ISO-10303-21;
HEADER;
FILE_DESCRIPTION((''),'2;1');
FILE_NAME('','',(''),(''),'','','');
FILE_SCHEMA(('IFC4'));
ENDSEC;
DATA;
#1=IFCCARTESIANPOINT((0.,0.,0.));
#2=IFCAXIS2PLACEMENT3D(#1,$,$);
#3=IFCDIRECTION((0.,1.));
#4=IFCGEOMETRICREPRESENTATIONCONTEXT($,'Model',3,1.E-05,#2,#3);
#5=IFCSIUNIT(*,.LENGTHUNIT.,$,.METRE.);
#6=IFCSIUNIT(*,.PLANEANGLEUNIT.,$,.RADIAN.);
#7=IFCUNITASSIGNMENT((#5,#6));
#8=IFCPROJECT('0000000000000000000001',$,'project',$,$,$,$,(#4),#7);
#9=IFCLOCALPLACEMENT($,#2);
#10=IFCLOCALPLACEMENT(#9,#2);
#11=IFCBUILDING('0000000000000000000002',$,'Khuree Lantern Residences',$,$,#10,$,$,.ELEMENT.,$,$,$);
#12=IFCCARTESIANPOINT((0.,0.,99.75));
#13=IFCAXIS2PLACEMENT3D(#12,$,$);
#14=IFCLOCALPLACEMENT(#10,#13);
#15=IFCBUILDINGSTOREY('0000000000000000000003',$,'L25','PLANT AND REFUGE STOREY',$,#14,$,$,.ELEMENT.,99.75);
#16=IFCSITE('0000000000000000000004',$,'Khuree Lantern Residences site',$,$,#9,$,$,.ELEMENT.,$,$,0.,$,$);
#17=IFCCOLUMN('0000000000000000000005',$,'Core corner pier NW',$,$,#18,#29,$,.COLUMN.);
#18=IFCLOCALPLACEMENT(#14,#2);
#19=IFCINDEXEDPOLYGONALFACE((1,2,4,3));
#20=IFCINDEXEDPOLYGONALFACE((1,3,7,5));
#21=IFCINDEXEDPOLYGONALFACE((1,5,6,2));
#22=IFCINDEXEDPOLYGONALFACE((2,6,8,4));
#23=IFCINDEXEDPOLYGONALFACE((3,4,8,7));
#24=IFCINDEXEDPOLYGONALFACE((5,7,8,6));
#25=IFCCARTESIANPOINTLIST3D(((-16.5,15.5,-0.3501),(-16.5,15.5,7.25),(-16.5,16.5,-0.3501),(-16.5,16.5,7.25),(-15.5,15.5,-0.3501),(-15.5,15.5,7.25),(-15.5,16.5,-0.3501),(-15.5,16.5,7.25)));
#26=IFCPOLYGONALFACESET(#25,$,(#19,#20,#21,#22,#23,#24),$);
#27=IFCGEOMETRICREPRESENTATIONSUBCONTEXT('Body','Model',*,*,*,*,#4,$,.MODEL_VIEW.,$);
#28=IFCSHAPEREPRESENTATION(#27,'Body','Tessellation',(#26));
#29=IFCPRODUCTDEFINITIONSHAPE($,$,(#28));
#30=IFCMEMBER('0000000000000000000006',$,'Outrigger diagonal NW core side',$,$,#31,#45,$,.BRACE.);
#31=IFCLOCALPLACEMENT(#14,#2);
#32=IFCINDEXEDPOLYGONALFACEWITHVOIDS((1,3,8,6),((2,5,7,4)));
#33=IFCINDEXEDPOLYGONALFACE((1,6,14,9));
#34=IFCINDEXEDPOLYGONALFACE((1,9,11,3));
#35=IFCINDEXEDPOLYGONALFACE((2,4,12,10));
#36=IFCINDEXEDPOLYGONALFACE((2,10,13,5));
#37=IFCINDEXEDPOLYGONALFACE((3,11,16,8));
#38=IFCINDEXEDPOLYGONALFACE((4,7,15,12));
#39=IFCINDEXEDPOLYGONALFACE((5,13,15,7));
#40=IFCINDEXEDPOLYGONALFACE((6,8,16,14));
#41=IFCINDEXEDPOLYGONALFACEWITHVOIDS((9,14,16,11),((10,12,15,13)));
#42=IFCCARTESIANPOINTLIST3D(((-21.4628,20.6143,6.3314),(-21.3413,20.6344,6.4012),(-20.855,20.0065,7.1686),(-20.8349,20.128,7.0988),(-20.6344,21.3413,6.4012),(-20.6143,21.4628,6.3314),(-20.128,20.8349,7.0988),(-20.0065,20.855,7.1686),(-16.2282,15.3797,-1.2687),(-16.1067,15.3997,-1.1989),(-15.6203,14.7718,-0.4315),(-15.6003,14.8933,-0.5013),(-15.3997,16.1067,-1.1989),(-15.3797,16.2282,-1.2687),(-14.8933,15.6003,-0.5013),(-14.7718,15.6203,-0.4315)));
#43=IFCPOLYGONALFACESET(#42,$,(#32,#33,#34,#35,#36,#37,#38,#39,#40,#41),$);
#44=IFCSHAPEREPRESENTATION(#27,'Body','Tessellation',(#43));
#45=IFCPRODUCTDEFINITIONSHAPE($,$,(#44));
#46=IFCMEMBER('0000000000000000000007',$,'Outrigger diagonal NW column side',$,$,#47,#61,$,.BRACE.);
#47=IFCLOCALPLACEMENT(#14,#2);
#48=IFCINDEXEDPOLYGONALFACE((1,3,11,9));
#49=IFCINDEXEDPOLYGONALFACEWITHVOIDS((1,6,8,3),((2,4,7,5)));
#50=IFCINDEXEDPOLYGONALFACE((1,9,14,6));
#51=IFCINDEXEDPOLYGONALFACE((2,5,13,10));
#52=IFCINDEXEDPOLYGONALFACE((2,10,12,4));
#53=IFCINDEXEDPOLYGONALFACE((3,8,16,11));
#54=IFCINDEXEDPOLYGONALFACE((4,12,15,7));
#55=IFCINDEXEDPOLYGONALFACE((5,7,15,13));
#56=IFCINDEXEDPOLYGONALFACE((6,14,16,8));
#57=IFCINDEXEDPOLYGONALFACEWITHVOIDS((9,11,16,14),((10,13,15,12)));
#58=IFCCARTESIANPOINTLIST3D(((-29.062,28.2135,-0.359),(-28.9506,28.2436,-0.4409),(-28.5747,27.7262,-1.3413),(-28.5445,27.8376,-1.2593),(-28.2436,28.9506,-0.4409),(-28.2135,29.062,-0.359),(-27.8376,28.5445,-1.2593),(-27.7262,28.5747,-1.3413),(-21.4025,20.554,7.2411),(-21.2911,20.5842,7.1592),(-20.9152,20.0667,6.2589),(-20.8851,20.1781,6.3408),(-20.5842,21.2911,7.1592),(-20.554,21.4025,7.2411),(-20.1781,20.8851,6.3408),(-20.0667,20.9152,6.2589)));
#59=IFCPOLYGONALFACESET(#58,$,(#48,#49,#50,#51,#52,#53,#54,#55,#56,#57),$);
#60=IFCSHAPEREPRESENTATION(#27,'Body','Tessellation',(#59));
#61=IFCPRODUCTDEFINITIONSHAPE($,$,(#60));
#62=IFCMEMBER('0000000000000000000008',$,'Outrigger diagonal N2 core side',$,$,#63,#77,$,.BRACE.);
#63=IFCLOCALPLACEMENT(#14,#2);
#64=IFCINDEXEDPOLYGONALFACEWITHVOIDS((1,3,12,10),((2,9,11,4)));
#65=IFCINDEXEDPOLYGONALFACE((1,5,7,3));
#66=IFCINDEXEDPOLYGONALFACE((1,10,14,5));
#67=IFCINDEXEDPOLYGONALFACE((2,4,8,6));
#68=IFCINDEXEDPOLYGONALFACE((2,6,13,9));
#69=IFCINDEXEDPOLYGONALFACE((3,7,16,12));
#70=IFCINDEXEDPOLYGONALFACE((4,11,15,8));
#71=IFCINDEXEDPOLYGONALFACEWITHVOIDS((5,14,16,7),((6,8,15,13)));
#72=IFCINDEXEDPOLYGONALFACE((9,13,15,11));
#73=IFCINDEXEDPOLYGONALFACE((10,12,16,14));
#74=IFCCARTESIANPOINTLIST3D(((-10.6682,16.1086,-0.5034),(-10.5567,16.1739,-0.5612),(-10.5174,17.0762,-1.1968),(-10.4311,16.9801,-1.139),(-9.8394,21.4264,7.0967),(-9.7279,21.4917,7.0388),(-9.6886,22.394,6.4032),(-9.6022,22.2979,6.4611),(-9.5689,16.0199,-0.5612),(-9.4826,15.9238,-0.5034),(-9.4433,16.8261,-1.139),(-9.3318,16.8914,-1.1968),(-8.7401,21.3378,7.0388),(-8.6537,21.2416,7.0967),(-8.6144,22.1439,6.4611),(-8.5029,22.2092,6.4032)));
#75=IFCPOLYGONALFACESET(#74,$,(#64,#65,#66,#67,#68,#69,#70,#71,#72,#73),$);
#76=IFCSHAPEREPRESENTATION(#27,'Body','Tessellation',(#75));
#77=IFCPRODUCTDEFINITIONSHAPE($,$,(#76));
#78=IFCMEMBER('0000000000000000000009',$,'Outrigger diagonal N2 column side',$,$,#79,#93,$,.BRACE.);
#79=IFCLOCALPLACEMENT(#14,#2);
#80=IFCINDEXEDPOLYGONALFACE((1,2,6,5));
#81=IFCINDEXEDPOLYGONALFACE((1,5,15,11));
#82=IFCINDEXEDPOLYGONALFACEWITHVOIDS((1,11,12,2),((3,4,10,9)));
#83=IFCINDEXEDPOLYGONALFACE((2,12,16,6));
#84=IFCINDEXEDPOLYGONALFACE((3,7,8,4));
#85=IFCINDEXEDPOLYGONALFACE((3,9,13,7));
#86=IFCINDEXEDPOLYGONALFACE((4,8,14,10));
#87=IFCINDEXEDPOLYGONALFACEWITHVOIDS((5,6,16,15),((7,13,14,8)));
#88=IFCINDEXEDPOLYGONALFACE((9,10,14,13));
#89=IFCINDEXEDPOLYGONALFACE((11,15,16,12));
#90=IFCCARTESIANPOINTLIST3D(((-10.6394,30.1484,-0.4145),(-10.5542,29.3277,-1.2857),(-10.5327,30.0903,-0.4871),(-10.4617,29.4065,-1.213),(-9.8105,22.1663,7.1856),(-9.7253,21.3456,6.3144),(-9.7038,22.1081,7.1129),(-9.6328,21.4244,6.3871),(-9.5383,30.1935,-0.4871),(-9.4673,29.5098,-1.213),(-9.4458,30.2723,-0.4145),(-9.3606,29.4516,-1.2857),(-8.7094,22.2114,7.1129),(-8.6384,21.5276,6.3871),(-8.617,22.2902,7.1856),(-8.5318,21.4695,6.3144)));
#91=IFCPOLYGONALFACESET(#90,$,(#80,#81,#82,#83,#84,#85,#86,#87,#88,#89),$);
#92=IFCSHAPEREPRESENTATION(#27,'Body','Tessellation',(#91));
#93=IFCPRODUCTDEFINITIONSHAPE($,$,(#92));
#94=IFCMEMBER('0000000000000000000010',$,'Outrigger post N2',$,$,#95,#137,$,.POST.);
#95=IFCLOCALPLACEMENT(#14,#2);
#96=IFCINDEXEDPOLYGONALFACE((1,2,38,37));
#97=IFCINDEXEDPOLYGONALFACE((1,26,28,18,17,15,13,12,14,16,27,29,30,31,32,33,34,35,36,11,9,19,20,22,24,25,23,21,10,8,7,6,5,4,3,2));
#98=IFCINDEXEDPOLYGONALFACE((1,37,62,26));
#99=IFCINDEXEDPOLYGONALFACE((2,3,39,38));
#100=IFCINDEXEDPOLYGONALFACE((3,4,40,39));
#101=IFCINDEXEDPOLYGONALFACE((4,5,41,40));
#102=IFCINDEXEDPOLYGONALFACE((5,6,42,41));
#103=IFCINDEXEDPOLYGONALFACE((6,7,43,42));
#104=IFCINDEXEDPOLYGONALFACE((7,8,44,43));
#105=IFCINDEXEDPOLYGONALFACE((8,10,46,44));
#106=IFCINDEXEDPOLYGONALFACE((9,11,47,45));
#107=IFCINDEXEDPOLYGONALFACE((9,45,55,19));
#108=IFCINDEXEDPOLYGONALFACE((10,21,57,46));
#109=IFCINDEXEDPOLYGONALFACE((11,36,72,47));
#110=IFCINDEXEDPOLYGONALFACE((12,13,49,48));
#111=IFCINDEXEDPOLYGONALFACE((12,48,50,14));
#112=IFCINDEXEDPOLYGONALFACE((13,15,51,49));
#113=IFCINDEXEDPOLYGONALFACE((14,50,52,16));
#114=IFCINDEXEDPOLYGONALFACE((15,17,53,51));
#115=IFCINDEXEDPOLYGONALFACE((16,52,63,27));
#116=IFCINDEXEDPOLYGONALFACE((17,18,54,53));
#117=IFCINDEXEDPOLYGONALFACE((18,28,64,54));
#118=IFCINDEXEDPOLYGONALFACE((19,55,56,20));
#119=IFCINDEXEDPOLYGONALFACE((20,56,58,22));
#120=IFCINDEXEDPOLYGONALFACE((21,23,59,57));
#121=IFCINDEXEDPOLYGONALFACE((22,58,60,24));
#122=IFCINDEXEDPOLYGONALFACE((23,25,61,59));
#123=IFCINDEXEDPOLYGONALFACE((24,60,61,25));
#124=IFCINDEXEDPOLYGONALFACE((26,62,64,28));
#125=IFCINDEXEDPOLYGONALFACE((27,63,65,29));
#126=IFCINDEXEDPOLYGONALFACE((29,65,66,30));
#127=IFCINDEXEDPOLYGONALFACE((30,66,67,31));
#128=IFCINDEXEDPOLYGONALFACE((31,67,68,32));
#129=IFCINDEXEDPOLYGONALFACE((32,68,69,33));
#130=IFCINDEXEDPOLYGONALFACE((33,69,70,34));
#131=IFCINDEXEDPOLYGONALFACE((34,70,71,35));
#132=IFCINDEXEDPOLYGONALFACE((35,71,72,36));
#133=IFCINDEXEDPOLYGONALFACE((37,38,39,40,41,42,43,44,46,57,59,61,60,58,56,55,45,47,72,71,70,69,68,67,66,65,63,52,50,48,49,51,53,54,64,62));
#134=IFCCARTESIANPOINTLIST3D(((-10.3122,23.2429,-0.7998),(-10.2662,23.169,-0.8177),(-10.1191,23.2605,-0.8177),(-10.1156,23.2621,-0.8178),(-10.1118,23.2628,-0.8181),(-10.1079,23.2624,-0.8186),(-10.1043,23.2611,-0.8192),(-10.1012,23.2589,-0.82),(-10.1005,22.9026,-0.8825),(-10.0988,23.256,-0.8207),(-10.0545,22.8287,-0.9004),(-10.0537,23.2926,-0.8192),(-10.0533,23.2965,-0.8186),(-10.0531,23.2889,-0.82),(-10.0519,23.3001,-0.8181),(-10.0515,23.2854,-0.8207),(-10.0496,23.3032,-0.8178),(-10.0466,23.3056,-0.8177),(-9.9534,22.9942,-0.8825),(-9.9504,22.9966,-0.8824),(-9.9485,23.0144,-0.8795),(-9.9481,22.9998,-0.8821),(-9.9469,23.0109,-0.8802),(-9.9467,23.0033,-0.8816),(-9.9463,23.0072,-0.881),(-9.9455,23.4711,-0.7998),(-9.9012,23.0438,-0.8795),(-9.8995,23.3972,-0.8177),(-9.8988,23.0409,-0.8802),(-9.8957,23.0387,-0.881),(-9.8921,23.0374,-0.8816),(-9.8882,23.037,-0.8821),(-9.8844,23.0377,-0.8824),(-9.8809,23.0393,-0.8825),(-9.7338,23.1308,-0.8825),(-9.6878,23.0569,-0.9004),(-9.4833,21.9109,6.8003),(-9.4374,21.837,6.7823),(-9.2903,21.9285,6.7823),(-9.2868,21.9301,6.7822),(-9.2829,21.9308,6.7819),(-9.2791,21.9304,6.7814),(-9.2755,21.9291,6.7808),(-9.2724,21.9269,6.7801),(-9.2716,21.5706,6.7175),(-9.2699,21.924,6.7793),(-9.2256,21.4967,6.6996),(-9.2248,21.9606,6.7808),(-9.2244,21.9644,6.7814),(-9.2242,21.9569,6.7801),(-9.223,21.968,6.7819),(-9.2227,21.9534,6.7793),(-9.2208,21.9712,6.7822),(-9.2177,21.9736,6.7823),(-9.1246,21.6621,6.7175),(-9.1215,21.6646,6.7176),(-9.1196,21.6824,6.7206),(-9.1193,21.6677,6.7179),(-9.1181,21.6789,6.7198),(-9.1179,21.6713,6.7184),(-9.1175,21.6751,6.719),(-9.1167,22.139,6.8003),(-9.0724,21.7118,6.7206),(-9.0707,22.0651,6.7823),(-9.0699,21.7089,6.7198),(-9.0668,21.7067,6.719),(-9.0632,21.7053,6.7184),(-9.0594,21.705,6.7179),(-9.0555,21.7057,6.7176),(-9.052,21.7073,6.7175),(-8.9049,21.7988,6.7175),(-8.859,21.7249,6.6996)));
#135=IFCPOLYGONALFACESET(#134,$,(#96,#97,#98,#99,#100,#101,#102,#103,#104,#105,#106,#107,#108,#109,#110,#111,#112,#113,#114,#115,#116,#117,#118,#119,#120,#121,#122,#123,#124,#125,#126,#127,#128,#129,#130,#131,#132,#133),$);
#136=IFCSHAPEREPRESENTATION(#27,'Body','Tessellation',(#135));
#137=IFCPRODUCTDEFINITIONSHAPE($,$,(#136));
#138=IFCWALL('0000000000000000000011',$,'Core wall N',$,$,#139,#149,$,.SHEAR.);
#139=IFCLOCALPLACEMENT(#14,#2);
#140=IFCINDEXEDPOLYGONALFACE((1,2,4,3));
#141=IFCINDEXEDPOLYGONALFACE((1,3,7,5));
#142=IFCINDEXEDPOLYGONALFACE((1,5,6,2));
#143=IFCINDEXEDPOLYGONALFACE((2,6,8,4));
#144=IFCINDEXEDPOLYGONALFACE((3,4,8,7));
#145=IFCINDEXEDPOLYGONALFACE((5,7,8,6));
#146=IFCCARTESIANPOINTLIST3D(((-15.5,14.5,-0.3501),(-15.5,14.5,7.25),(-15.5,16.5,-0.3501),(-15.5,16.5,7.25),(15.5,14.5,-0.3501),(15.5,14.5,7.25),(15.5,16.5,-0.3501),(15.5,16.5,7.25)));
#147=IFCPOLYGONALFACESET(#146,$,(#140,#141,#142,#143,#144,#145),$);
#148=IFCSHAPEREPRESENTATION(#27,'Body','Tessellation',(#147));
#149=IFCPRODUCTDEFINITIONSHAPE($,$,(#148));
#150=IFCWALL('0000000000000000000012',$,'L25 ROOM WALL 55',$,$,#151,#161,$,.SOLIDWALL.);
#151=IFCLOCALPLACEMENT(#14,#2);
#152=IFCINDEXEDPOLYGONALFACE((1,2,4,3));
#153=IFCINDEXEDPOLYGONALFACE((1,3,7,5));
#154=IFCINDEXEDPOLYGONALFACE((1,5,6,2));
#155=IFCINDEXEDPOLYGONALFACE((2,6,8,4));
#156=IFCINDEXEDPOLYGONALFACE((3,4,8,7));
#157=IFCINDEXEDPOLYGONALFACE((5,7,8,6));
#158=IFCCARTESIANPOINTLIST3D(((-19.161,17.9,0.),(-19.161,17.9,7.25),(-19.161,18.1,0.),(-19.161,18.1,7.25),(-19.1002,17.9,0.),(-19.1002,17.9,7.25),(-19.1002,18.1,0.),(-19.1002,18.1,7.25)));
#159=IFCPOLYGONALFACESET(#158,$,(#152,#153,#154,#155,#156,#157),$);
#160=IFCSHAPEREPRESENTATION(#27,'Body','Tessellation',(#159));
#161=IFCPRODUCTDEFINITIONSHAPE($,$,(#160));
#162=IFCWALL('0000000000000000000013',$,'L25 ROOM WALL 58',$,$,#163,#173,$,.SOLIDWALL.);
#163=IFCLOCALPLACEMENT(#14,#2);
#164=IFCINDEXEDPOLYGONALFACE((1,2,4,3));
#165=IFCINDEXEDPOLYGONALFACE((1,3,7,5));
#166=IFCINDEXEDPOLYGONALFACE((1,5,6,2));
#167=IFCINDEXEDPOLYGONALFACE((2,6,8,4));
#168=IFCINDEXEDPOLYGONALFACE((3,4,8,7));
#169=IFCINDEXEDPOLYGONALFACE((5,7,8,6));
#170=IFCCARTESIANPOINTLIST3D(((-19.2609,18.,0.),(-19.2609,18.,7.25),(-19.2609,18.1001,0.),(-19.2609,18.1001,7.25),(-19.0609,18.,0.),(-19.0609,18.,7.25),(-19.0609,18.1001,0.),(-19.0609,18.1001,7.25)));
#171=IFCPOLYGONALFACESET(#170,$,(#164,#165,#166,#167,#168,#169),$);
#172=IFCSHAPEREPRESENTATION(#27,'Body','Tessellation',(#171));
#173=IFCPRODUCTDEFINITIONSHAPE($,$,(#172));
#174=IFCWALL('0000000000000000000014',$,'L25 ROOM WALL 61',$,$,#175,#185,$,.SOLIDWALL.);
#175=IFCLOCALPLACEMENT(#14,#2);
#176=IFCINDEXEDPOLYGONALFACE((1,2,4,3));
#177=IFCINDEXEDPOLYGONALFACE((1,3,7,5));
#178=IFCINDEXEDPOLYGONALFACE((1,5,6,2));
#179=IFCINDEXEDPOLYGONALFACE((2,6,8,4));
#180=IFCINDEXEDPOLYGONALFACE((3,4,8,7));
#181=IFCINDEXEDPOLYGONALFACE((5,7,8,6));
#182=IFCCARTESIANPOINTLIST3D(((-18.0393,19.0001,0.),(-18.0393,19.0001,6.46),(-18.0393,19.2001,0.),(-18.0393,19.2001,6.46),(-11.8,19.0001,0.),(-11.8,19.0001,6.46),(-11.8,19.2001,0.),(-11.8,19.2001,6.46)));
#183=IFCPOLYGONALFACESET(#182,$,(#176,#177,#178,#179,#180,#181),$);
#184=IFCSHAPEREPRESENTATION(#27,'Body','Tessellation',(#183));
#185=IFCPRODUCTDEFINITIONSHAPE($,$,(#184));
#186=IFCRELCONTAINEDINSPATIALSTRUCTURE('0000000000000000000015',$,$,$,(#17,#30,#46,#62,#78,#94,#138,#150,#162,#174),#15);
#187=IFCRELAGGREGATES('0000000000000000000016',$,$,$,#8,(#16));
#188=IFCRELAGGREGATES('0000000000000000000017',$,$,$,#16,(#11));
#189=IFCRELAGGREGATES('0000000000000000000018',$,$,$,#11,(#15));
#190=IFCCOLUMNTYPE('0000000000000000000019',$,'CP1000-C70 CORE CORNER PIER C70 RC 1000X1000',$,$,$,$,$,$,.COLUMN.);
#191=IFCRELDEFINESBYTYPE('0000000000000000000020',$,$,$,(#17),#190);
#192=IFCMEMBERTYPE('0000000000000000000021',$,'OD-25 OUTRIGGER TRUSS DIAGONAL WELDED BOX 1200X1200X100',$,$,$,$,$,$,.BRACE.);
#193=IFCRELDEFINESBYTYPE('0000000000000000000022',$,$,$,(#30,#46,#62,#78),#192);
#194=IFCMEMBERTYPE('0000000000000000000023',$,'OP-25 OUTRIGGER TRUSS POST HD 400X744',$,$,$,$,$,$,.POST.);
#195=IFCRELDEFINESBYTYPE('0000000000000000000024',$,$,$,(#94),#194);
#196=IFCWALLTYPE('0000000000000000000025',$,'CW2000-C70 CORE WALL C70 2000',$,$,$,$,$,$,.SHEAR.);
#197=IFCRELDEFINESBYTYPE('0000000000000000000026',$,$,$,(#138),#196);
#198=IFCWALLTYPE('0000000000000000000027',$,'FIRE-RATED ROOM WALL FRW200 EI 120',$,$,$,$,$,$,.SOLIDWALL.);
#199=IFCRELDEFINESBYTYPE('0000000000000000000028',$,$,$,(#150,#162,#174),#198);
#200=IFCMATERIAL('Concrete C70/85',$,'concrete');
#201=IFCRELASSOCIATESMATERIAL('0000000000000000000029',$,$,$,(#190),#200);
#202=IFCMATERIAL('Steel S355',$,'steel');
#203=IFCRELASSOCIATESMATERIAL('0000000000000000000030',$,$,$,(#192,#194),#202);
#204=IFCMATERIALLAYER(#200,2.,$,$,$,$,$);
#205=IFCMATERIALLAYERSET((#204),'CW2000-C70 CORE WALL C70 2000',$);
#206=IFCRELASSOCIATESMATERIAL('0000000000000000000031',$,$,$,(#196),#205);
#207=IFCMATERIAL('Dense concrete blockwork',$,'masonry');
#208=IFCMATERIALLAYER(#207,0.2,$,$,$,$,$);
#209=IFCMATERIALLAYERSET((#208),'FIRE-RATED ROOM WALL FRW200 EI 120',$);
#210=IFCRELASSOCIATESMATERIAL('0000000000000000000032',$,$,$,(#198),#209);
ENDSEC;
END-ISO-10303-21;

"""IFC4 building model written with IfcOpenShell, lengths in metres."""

from ifc_helpers import new_model, si_unit, direction, frame, frame_2d, origin, origin_2d, place, context, subcontext, project, spatial, rectangle, hollow_rectangle, i_section, extrude, material, layer, layer_set, material_profile, profile_set, type_object, element, save


model = new_model("IFC4")

# Units and contexts
model_context = context("Model", 3, precision=1e-05, world=origin(), true_north=direction((0.0, 1.0)))
body_context = subcontext(model_context, "Body", "Model", "MODEL_VIEW")
ifc_project = project(units=[si_unit("LENGTHUNIT", "METRE"), si_unit("PLANEANGLEUNIT", "RADIAN")], contexts=[model_context])

# Site, building, storey
site_placement = place(None, origin())
site = spatial("IfcSite", under=ifc_project, at=site_placement, Name="Khuree Lantern Residences site", CompositionType="ELEMENT", RefElevation=0.0)
building_placement = place(site_placement, origin())
building = spatial("IfcBuilding", under=site, at=building_placement, Name="Khuree Lantern Residences", CompositionType="ELEMENT")
storey_placement = place(building_placement, frame((0.0, 0.0, 99.75)))
storey = spatial("IfcBuildingStorey", under=building, at=storey_placement, Name="L25", Description="PLANT AND REFUGE STOREY", CompositionType="ELEMENT", Elevation=99.75)

# Column
ifc_material_1 = material(Name="Concrete C70/85", Category="concrete")
ifc_material_profile_1 = material_profile(ifc_material_1, rectangle(XDim=1.0, YDim=1.0, at=origin_2d()), Name="RC 1000X1000")
ifc_profile_set_1 = profile_set([ifc_material_profile_1], Name="Concrete C70/85")
column_type = type_object("IfcColumnType", Name="CP1000-C70 CORE CORNER PIER C70 RC 1000X1000", PredefinedType="COLUMN", material=ifc_profile_set_1)
column_placement = place(storey_placement, frame((-16.0, 16.0, -0.3501), z_axis=(0.0, 0.0, 1.0), x_axis=(1.0, 0.0, 0.0)))
element("IfcColumn", 1, at=column_placement, inside=storey, type_object=column_type, Name="Core corner pier NW", PredefinedType="COLUMN", context=body_context, shape_type="SweptSolid", body=[
    extrude(rectangle(XDim=1.0, YDim=1.0, at=origin_2d()), origin(), (0.0, 0.0, 1.0), 7.6001),
])

# Members
ifc_material_2 = material(Name="Steel S355", Category="steel")
ifc_material_profile_2 = material_profile(ifc_material_2, hollow_rectangle(XDim=1.2, YDim=1.2, WallThickness=0.1001, at=origin_2d()), Name="WELDED BOX 1200X1200X100")
ifc_profile_set_2 = profile_set([ifc_material_profile_2], Name="Steel S355")
member_type_1 = type_object("IfcMemberType", Name="OD-25 OUTRIGGER TRUSS DIAGONAL WELDED BOX 1200X1200X100", PredefinedType="BRACE", material=ifc_profile_set_2)
member_1_placement = place(storey_placement, frame((-15.5, 15.5, -0.8501), z_axis=(-0.493384, 0.493384, 0.71634), x_axis=(-0.707107, -0.707107, 0.0)))
element("IfcMember", 2, at=member_1_placement, inside=storey, type_object=member_type_1, Name="Outrigger diagonal NW core side", PredefinedType="BRACE", context=body_context, shape_type="SweptSolid", body=[
    extrude(hollow_rectangle(XDim=1.2, YDim=1.2, WallThickness=0.1001, at=origin_2d()), origin(), (0.0, 0.0, 1.0), 10.6096),
])
member_2_placement = place(storey_placement, frame((-20.7346, 20.7346, 6.75), z_axis=(-0.578841, 0.578841, -0.574357), x_axis=(-0.707107, -0.707107, 0.0)))
element("IfcMember", 3, at=member_2_placement, inside=storey, type_object=member_type_1, Name="Outrigger diagonal NW column side", PredefinedType="BRACE", context=body_context, shape_type="SweptSolid", body=[
    extrude(hollow_rectangle(XDim=1.2, YDim=1.2, WallThickness=0.1001, at=origin_2d()), origin(), (0.0, 0.0, 1.0), 13.2324),
])
member_3_placement = place(storey_placement, frame((-10.0, 16.5, -0.8501), z_axis=(0.089002, 0.571028, 0.816092), x_axis=(-0.98807, 0.154003, 0.0)))
element("IfcMember", 4, at=member_3_placement, inside=storey, type_object=member_type_1, Name="Outrigger diagonal N2 core side", PredefinedType="BRACE", context=body_context, shape_type="SweptSolid", body=[
    extrude(hollow_rectangle(XDim=1.2, YDim=1.2, WallThickness=0.1001, at=origin_2d()), origin(), (0.0, 0.0, 1.0), 9.3127),
])
member_4_placement = place(storey_placement, frame((-9.1711, 21.8179, 6.75), z_axis=(-0.074991, 0.722188, -0.687619), x_axis=(-0.994652, -0.103283, 0.0)))
element("IfcMember", 5, at=member_4_placement, inside=storey, type_object=member_type_1, Name="Outrigger diagonal N2 column side", PredefinedType="BRACE", context=body_context, shape_type="SweptSolid", body=[
    extrude(hollow_rectangle(XDim=1.2, YDim=1.2, WallThickness=0.1001, at=origin_2d()), origin(), (0.0, 0.0, 1.0), 11.0527),
])
ifc_material_profile_3 = material_profile(ifc_material_2, i_section(OverallWidth=0.4319, OverallDepth=0.498, WebThickness=0.0557, FlangeThickness=0.0889, FilletRadius=0.0149, at=origin_2d()), Name="HD 400X744")
ifc_profile_set_3 = profile_set([ifc_material_profile_3], Name="Steel S355")
member_type_2 = type_object("IfcMemberType", Name="OP-25 OUTRIGGER TRUSS POST HD 400X744", PredefinedType="POST", material=ifc_profile_set_3)
member_5_placement = place(storey_placement, frame((-10.0, 23.1499, -0.8501), z_axis=(0.106807, -0.171646, 0.979352), x_axis=(0.849046, 0.528319, 0.0)))
element("IfcMember", 6, at=member_5_placement, inside=storey, type_object=member_type_2, Name="Outrigger post N2", PredefinedType="POST", context=body_context, shape_type="SweptSolid", body=[
    extrude(i_section(OverallWidth=0.4319, OverallDepth=0.498, WebThickness=0.0557, FlangeThickness=0.0889, FilletRadius=0.0149, at=origin_2d()), origin(), (0.0, 0.0, 1.0), 7.7603),
])

# Walls
ifc_layer_1 = layer(ifc_material_1, 2.0)
ifc_layer_set_1 = layer_set([ifc_layer_1], Name="CW2000-C70 CORE WALL C70 2000")
wall_type_1 = type_object("IfcWallType", Name="CW2000-C70 CORE WALL C70 2000", PredefinedType="SHEAR", material=ifc_layer_set_1)
wall_1_placement = place(storey_placement, frame((-15.5, 15.5, -0.3501), z_axis=(0.0, 0.0, 1.0), x_axis=(1.0, 0.0, 0.0)))
element("IfcWall", 7, at=wall_1_placement, inside=storey, type_object=wall_type_1, Name="Core wall N", PredefinedType="SHEAR", context=body_context, shape_type="SweptSolid", body=[
    extrude(rectangle(XDim=31.0, YDim=2.0, at=frame_2d((15.5, 0.0))), origin(), (0.0, 0.0, 1.0), 7.6001),
])
ifc_material_3 = material(Name="Dense concrete blockwork", Category="masonry")
ifc_layer_2 = layer(ifc_material_3, 0.2)
ifc_layer_set_2 = layer_set([ifc_layer_2], Name="FIRE-RATED ROOM WALL FRW200 EI 120")
wall_type_2 = type_object("IfcWallType", Name="FIRE-RATED ROOM WALL FRW200 EI 120", PredefinedType="SOLIDWALL", material=ifc_layer_set_2)
wall_2_placement = place(storey_placement, frame((-19.1609, 18.0, 0.0), z_axis=(0.0, 0.0, 1.0), x_axis=(1.0, 0.0, 0.0)))
element("IfcWall", 8, at=wall_2_placement, inside=storey, type_object=wall_type_2, Name="L25 ROOM WALL 55", PredefinedType="SOLIDWALL", context=body_context, shape_type="SweptSolid", body=[
    extrude(rectangle(XDim=0.0608, YDim=0.2, at=frame_2d((0.0303, 0.0))), origin(), (0.0, 0.0, 1.0), 7.25),
])
wall_3_placement = place(storey_placement, frame((-19.1609, 18.1001, 0.0), z_axis=(0.0, 0.0, 1.0), x_axis=(0.0, -1.0, 0.0)))
element("IfcWall", 9, at=wall_3_placement, inside=storey, type_object=wall_type_2, Name="L25 ROOM WALL 58", PredefinedType="SOLIDWALL", context=body_context, shape_type="SweptSolid", body=[
    extrude(rectangle(XDim=0.1001, YDim=0.2, at=frame_2d((0.05, 0.0))), origin(), (0.0, 0.0, 1.0), 7.25),
])
wall_4_placement = place(storey_placement, frame((-18.0393, 19.1001, 0.0), z_axis=(0.0, 0.0, 1.0), x_axis=(1.0, 0.0, 0.0)))
element("IfcWall", 10, at=wall_4_placement, inside=storey, type_object=wall_type_2, Name="L25 ROOM WALL 61", PredefinedType="SOLIDWALL", context=body_context, shape_type="SweptSolid", body=[
    extrude(rectangle(XDim=6.2393, YDim=0.2, at=frame_2d((3.1196, 0.0))), origin(), (0.0, 0.0, 1.0), 6.46),
])

save(model, "model.ifc")
